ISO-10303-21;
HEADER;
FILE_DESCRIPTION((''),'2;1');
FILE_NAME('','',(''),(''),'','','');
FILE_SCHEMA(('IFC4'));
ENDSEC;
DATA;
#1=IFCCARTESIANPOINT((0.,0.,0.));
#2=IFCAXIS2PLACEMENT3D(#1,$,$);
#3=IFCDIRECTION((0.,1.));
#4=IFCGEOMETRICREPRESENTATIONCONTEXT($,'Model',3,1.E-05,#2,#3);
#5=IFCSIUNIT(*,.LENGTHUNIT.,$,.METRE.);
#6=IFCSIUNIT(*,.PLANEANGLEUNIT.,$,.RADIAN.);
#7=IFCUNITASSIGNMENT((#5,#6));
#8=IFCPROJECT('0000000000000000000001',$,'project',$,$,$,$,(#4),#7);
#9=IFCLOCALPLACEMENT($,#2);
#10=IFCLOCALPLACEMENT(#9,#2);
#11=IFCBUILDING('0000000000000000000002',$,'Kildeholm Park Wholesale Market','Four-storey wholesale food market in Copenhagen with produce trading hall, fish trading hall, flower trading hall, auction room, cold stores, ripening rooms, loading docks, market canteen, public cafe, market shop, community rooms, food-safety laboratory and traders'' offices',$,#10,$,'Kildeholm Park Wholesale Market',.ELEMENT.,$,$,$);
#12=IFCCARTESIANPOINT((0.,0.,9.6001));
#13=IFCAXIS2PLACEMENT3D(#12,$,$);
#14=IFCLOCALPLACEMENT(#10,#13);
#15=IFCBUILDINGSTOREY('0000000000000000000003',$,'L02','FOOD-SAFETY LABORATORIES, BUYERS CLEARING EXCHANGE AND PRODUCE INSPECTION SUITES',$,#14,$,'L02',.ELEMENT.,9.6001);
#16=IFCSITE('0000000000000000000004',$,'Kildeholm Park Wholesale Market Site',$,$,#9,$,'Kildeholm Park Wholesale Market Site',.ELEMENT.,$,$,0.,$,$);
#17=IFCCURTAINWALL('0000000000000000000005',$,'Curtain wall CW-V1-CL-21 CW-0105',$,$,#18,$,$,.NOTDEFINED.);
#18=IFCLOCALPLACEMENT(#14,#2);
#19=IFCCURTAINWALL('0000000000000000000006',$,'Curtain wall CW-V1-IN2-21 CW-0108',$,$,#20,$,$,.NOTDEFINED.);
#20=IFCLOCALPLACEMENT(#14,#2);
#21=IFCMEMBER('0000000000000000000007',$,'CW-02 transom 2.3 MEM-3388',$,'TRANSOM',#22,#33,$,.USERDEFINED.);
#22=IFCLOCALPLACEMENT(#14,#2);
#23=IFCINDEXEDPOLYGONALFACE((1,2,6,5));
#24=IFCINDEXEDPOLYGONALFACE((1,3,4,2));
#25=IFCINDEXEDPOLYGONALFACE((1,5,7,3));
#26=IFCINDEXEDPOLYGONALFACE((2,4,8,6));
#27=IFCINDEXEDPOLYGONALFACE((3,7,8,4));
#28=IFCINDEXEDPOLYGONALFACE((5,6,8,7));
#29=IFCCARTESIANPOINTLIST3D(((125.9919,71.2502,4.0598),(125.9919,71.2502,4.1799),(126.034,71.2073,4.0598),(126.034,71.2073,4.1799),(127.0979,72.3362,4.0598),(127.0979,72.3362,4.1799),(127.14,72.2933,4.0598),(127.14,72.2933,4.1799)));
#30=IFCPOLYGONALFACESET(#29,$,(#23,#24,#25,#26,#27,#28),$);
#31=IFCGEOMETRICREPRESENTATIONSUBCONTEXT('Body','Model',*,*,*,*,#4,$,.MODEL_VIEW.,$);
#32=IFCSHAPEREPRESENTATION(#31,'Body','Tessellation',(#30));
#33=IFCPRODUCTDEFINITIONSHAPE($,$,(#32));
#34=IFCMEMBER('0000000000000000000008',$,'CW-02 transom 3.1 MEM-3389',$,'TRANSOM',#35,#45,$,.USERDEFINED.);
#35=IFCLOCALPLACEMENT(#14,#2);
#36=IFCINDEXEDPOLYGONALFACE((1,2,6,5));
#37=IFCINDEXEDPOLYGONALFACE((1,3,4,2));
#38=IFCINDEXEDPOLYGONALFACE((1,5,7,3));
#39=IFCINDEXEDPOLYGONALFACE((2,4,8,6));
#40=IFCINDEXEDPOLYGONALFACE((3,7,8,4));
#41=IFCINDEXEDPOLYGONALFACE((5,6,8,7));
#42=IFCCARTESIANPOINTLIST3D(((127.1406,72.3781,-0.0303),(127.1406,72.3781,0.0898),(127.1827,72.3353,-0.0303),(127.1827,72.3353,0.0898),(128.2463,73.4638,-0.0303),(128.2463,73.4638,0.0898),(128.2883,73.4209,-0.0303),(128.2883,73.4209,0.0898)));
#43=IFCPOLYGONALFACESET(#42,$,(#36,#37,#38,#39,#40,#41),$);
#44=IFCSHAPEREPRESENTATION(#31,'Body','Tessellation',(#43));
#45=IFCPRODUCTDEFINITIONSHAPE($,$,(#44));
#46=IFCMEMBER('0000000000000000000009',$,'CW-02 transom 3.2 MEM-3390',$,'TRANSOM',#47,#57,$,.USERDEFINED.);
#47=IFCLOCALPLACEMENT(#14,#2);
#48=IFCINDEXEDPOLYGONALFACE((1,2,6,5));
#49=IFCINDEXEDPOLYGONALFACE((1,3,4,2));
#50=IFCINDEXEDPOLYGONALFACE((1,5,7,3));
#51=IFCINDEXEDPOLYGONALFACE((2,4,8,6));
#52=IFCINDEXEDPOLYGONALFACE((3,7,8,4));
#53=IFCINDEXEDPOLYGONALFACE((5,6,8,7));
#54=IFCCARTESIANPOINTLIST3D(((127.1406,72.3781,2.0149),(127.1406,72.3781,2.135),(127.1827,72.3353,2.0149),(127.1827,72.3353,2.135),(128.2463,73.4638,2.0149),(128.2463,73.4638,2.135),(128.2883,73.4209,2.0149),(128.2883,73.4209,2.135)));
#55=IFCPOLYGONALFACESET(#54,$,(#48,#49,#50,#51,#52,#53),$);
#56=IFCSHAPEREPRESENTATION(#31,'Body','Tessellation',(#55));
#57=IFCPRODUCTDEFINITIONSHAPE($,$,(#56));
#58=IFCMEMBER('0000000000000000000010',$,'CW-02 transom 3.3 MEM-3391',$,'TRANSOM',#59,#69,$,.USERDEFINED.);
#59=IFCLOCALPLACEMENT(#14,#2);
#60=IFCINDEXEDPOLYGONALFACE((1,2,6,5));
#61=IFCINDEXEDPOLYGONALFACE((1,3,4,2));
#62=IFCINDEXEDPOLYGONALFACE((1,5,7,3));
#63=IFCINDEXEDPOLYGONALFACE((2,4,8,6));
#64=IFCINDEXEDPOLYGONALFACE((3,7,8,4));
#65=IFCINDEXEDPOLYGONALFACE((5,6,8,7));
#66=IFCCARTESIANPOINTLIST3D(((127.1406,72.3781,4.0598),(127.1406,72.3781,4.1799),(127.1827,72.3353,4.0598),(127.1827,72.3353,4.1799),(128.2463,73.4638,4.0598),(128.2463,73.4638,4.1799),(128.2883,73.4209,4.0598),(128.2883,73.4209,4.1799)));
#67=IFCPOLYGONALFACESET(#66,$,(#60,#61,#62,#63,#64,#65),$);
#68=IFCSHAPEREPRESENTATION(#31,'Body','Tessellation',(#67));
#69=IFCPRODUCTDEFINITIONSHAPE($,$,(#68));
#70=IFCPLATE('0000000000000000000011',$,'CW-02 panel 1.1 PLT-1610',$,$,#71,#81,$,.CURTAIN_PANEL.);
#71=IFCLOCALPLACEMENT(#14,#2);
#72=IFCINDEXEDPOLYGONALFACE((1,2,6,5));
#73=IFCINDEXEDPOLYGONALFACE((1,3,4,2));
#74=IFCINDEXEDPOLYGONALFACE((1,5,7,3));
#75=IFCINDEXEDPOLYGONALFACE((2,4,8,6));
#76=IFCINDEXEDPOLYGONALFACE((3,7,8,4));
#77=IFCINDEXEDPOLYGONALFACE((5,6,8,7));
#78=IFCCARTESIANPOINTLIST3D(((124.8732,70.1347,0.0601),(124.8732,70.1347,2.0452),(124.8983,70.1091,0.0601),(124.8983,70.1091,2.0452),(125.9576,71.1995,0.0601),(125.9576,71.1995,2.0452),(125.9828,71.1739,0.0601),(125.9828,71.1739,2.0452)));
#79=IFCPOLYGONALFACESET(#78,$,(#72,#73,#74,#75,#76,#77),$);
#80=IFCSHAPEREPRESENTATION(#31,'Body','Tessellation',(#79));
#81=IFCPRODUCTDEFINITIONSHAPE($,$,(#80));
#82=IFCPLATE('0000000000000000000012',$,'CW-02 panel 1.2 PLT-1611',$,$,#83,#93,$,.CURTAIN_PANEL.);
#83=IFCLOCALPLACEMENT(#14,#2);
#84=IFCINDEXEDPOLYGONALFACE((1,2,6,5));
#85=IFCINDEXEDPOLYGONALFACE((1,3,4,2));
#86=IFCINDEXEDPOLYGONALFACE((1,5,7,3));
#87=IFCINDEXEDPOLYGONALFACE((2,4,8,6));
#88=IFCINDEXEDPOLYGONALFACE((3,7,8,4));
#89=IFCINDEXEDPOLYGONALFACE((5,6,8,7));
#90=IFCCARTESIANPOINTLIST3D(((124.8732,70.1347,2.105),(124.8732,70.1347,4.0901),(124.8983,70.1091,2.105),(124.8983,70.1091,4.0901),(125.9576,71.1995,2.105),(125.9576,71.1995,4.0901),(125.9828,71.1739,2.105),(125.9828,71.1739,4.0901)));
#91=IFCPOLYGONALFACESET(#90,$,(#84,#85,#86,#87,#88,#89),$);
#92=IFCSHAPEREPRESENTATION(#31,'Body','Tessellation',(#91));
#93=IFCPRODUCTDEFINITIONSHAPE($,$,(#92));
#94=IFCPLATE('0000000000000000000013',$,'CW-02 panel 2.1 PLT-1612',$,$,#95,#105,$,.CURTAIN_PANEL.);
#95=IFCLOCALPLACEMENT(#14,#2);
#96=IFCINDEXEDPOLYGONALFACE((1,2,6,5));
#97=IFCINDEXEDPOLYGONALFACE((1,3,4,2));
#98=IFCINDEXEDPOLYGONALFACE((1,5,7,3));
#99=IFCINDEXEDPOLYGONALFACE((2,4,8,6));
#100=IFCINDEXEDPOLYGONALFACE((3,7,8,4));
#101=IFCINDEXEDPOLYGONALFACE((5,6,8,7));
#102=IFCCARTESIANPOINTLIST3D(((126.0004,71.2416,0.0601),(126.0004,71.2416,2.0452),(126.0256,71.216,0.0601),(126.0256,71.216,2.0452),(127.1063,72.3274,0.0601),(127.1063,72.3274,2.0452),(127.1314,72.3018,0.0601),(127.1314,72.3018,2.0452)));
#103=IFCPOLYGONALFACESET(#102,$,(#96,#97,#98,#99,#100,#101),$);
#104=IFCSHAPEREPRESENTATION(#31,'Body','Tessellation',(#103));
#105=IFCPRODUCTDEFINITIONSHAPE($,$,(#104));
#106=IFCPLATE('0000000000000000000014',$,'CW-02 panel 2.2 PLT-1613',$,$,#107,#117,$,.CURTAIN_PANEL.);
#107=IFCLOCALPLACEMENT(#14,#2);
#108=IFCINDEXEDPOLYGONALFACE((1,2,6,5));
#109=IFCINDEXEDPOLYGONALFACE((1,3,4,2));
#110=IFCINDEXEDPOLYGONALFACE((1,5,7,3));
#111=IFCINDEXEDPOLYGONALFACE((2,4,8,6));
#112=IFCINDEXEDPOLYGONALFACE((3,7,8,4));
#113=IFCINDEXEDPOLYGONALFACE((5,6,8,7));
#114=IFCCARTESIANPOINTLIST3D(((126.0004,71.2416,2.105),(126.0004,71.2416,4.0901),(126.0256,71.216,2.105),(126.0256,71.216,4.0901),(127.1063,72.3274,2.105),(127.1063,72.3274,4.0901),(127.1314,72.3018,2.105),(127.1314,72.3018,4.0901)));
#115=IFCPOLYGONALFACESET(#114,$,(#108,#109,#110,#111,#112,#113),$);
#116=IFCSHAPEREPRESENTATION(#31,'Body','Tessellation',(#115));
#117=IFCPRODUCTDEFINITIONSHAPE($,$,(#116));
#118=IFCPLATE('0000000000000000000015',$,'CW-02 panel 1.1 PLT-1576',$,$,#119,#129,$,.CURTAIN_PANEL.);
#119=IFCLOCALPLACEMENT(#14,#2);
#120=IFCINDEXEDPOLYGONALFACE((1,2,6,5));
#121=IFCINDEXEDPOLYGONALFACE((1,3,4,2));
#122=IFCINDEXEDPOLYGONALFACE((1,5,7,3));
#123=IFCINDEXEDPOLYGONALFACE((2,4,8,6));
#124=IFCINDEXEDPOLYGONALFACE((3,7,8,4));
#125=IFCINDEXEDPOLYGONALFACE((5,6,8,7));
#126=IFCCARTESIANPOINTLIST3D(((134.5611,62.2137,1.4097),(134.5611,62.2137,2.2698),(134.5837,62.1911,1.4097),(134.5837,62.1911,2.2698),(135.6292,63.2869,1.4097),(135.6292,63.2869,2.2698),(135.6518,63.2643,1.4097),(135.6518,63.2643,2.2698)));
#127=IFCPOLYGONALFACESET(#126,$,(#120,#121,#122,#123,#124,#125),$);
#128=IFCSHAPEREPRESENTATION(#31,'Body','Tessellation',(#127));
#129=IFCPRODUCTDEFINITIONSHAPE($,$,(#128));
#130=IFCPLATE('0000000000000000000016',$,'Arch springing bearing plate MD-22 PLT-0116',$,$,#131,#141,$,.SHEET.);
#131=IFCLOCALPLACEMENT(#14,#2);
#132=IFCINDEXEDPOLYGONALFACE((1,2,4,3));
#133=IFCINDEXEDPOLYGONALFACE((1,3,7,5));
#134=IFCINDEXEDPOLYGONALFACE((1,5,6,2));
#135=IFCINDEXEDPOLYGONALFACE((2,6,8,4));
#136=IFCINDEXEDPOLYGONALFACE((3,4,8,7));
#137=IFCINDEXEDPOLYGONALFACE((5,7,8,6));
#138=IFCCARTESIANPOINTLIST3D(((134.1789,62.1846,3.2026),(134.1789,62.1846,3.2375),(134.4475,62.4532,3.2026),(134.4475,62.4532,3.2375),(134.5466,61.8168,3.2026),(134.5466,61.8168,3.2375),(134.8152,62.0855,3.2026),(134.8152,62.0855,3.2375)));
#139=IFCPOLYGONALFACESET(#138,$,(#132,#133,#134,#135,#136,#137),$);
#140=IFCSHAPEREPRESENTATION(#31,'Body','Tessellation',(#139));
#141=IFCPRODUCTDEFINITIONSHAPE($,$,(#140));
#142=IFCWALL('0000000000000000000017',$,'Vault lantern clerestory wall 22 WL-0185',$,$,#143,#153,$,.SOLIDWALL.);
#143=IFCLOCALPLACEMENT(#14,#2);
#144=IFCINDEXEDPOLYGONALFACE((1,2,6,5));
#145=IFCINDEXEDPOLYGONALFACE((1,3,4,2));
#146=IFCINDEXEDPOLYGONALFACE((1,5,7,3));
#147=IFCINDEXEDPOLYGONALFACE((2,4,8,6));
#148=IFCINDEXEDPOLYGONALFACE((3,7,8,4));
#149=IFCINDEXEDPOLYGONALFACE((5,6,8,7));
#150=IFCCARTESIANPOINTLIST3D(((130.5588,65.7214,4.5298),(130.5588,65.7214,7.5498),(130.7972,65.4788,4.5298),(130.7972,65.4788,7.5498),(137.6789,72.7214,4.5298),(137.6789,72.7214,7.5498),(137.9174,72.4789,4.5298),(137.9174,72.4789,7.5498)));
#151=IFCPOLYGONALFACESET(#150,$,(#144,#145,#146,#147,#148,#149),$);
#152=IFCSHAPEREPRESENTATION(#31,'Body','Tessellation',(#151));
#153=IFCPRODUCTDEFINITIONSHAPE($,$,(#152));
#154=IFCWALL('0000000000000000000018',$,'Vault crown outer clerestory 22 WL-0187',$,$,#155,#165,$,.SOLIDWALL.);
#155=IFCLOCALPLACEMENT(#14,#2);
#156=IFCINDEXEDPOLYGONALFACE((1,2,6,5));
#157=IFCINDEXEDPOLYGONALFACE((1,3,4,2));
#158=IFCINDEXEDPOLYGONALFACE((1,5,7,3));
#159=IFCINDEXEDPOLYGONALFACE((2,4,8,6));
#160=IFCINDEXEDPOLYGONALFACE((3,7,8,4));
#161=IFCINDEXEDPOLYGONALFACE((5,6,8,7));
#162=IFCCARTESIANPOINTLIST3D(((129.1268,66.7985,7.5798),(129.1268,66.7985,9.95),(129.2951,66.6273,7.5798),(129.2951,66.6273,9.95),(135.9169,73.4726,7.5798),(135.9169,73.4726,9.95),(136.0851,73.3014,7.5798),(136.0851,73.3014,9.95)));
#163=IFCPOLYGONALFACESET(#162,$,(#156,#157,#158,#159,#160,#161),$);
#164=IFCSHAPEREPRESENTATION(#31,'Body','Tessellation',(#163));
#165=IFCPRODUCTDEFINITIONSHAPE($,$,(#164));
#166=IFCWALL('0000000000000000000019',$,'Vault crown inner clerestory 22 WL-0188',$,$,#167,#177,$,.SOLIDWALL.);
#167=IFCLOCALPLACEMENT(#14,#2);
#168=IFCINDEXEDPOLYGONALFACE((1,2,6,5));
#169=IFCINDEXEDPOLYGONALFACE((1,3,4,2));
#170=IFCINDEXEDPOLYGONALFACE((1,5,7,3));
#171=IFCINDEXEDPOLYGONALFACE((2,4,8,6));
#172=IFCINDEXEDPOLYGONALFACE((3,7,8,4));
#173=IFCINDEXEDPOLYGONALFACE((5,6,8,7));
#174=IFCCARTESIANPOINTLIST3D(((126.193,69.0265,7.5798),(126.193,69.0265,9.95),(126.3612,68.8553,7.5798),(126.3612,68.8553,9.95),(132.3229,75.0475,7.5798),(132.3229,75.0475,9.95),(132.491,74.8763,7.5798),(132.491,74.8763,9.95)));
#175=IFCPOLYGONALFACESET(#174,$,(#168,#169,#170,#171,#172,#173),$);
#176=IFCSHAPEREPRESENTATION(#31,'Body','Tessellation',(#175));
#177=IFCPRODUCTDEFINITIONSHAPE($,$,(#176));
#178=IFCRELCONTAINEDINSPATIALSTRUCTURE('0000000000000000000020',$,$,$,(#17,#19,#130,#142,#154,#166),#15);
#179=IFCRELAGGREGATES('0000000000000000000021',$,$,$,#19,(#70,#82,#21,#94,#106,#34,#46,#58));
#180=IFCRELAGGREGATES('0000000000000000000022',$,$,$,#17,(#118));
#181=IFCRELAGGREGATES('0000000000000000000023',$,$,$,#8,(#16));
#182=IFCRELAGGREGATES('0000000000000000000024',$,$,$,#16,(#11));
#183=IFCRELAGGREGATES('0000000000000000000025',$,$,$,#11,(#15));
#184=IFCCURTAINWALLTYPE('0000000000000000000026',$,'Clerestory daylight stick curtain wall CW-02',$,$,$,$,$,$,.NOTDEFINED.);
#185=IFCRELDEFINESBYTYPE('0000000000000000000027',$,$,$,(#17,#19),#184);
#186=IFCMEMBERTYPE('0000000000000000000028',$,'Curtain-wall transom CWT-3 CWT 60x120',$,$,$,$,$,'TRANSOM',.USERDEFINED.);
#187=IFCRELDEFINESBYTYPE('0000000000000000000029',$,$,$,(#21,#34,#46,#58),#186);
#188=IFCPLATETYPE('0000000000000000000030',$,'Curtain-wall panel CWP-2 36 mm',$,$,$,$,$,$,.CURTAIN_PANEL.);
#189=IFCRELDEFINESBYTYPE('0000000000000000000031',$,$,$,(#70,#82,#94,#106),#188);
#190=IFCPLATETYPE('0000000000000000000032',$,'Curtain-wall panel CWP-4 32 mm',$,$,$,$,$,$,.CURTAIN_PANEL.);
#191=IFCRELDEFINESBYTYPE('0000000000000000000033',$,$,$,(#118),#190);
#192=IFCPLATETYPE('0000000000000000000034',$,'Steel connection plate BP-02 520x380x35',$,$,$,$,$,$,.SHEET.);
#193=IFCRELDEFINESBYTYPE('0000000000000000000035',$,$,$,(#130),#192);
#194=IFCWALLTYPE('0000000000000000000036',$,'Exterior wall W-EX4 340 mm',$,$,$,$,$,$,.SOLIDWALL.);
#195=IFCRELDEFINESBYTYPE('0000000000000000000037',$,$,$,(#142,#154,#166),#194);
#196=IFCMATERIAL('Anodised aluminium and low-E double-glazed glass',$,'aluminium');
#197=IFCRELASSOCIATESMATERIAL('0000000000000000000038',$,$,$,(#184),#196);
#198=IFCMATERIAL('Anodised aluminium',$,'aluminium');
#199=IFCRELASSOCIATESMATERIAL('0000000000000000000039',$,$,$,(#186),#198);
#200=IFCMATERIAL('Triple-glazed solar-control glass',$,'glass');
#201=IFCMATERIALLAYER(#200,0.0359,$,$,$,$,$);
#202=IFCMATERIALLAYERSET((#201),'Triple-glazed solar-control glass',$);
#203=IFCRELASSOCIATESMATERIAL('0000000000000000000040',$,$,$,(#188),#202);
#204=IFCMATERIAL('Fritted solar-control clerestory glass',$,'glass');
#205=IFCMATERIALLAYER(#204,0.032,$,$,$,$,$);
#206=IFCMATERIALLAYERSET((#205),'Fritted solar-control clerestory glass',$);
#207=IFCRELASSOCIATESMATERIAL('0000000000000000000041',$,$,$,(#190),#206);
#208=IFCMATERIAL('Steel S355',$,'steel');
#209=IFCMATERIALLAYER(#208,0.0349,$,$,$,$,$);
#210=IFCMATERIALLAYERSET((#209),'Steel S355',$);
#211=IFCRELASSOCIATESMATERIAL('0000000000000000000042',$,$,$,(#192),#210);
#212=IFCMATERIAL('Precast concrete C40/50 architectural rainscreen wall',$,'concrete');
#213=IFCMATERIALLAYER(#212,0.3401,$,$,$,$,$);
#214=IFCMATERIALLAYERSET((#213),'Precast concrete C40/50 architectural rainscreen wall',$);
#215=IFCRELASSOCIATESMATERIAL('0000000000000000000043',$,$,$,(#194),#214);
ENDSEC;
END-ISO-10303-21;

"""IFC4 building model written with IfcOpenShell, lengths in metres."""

from ifc_helpers import new_model, si_unit, direction, frame, frame_2d, origin, origin_2d, place, context, subcontext, project, spatial, rectangle, extrude, material, layer, layer_set, material_profile, profile_set, type_object, element, aggregate, save


model = new_model("IFC4")

# Units and contexts
model_context = context("Model", 3, precision=1e-05, world=origin(), true_north=direction((0.0, 1.0)))
body_context = subcontext(model_context, "Body", "Model", "MODEL_VIEW")
ifc_project = project(units=[si_unit("LENGTHUNIT", "METRE"), si_unit("PLANEANGLEUNIT", "RADIAN")], contexts=[model_context])

# Site, building, storey
site_placement = place(None, origin())
site = spatial("IfcSite", under=ifc_project, at=site_placement, Name="Kildeholm Park Wholesale Market Site", LongName="Kildeholm Park Wholesale Market Site", CompositionType="ELEMENT", RefElevation=0.0)
building_placement = place(site_placement, origin())
building = spatial("IfcBuilding", under=site, at=building_placement, Name="Kildeholm Park Wholesale Market", Description="Four-storey wholesale food market in Copenhagen with produce trading hall, fish trading hall, flower trading hall, auction room, cold stores, ripening rooms, loading docks, market canteen, public cafe, market shop, community rooms, food-safety laboratory and traders' offices", LongName="Kildeholm Park Wholesale Market", CompositionType="ELEMENT")
storey_placement = place(building_placement, frame((0.0, 0.0, 9.6001)))
storey = spatial("IfcBuildingStorey", under=building, at=storey_placement, Name="L02", Description="FOOD-SAFETY LABORATORIES, BUYERS CLEARING EXCHANGE AND PRODUCE INSPECTION SUITES", LongName="L02", CompositionType="ELEMENT", Elevation=9.6001)

# Shared definitions
ifc_material_1 = material(Name="Steel S355", Category="steel")

# Curtain wall
ifc_material_2 = material(Name="Anodised aluminium and low-E double-glazed glass", Category="aluminium")
curtain_wall_type = type_object("IfcCurtainWallType", Name="Clerestory daylight stick curtain wall CW-02", PredefinedType="NOTDEFINED", material=ifc_material_2)
ifc_material_3 = material(Name="Anodised aluminium", Category="aluminium")
curtain_wall_1_placement = place(storey_placement, origin())
curtain_wall_1 = element("IfcCurtainWall", 1, at=curtain_wall_1_placement, inside=storey, type_object=curtain_wall_type, Name="Curtain wall CW-V1-CL-21 CW-0105", PredefinedType="NOTDEFINED")

# Curtain wall
curtain_wall_2_placement = place(storey_placement, origin())
curtain_wall_2 = element("IfcCurtainWall", 2, at=curtain_wall_2_placement, inside=storey, type_object=curtain_wall_type, Name="Curtain wall CW-V1-IN2-21 CW-0108", PredefinedType="NOTDEFINED")

# Members
ifc_material_profile_1 = material_profile(ifc_material_3, rectangle(XDim=0.0601, YDim=0.1201, at=origin_2d()), Name="CWT 60x120")
ifc_profile_set_1 = profile_set([ifc_material_profile_1], Name="Anodised aluminium")
member_type_1 = type_object("IfcMemberType", Name="Curtain-wall transom CWT-3 CWT 60x120", ElementType="TRANSOM", PredefinedType="USERDEFINED", material=ifc_profile_set_1)
member_1_placement = place(storey_placement, frame((126.0129, 71.2288, 4.1199), z_axis=(0.713535, 0.700619, 0.0), x_axis=(-0.700619, 0.713535, 0.0)))
member_1 = element("IfcMember", 3, at=member_1_placement, type_object=member_type_1, Name="CW-02 transom 2.3 MEM-3388", ObjectType="TRANSOM", PredefinedType="USERDEFINED", context=body_context, shape_type="SweptSolid", body=[
    extrude(rectangle(XDim=0.0601, YDim=0.1201, at=origin_2d()), origin(), (0.0, 0.0, 1.0), 1.55),
])
member_2_placement = place(storey_placement, frame((127.1616, 72.3567, 0.0298), z_axis=(0.713537, 0.700618, 0.0), x_axis=(-0.700618, 0.713537, 0.0)))
member_2 = element("IfcMember", 4, at=member_2_placement, type_object=member_type_1, Name="CW-02 transom 3.1 MEM-3389", ObjectType="TRANSOM", PredefinedType="USERDEFINED", context=body_context, shape_type="SweptSolid", body=[
    extrude(rectangle(XDim=0.0601, YDim=0.1201, at=origin_2d()), origin(), (0.0, 0.0, 1.0), 1.5496),
])
member_3_placement = place(storey_placement, frame((127.1616, 72.3567, 2.075), z_axis=(0.713537, 0.700618, 0.0), x_axis=(-0.700618, 0.713537, 0.0)))
member_3 = element("IfcMember", 5, at=member_3_placement, type_object=member_type_1, Name="CW-02 transom 3.2 MEM-3390", ObjectType="TRANSOM", PredefinedType="USERDEFINED", context=body_context, shape_type="SweptSolid", body=[
    extrude(rectangle(XDim=0.0601, YDim=0.1201, at=origin_2d()), origin(), (0.0, 0.0, 1.0), 1.5496),
])
member_4_placement = place(storey_placement, frame((127.1616, 72.3567, 4.1199), z_axis=(0.713537, 0.700618, 0.0), x_axis=(-0.700618, 0.713537, 0.0)))
member_4 = element("IfcMember", 6, at=member_4_placement, type_object=member_type_1, Name="CW-02 transom 3.3 MEM-3391", ObjectType="TRANSOM", PredefinedType="USERDEFINED", context=body_context, shape_type="SweptSolid", body=[
    extrude(rectangle(XDim=0.0601, YDim=0.1201, at=origin_2d()), origin(), (0.0, 0.0, 1.0), 1.5496),
])

# Plates
ifc_material_4 = material(Name="Triple-glazed solar-control glass", Category="glass")
ifc_layer_1 = layer(ifc_material_4, 0.0359)
ifc_layer_set_1 = layer_set([ifc_layer_1], Name="Triple-glazed solar-control glass")
plate_type_1 = type_object("IfcPlateType", Name="Curtain-wall panel CWP-2 36 mm", PredefinedType="CURTAIN_PANEL", material=ifc_layer_set_1)
plate_1_placement = place(storey_placement, frame((125.428, 70.6543, 0.0601), z_axis=(0.0, 0.0, 1.0), x_axis=(0.713538, 0.700617, 0.0)))
plate_1 = element("IfcPlate", 7, at=plate_1_placement, type_object=plate_type_1, Name="CW-02 panel 1.1 PLT-1610", PredefinedType="CURTAIN_PANEL", context=body_context, shape_type="SweptSolid", body=[
    extrude(rectangle(XDim=1.5198, YDim=0.0359, at=origin_2d()), origin(), (0.0, 0.0, 1.0), 1.9851),
])
plate_2_placement = place(storey_placement, frame((125.428, 70.6543, 2.105), z_axis=(0.0, 0.0, 1.0), x_axis=(0.713538, 0.700617, 0.0)))
plate_2 = element("IfcPlate", 8, at=plate_2_placement, type_object=plate_type_1, Name="CW-02 panel 1.2 PLT-1611", PredefinedType="CURTAIN_PANEL", context=body_context, shape_type="SweptSolid", body=[
    extrude(rectangle(XDim=1.5198, YDim=0.0359, at=origin_2d()), origin(), (0.0, 0.0, 1.0), 1.9851),
])
plate_3_placement = place(storey_placement, frame((126.5659, 71.7717, 0.0601), z_axis=(0.0, 0.0, 1.0), x_axis=(0.713538, 0.700617, 0.0)))
plate_3 = element("IfcPlate", 9, at=plate_3_placement, type_object=plate_type_1, Name="CW-02 panel 2.1 PLT-1612", PredefinedType="CURTAIN_PANEL", context=body_context, shape_type="SweptSolid", body=[
    extrude(rectangle(XDim=1.5498, YDim=0.0359, at=origin_2d()), origin(), (0.0, 0.0, 1.0), 1.9851),
])
plate_4_placement = place(storey_placement, frame((126.5659, 71.7717, 2.105), z_axis=(0.0, 0.0, 1.0), x_axis=(0.713538, 0.700617, 0.0)))
plate_4 = element("IfcPlate", 10, at=plate_4_placement, type_object=plate_type_1, Name="CW-02 panel 2.2 PLT-1613", PredefinedType="CURTAIN_PANEL", context=body_context, shape_type="SweptSolid", body=[
    extrude(rectangle(XDim=1.5498, YDim=0.0359, at=origin_2d()), origin(), (0.0, 0.0, 1.0), 1.9851),
])
aggregate(curtain_wall_2, [plate_1, plate_2, member_1, plate_3, plate_4, member_2, member_3, member_4])
ifc_material_5 = material(Name="Fritted solar-control clerestory glass", Category="glass")
ifc_layer_2 = layer(ifc_material_5, 0.032)
ifc_layer_set_2 = layer_set([ifc_layer_2], Name="Fritted solar-control clerestory glass")
plate_type_2 = type_object("IfcPlateType", Name="Curtain-wall panel CWP-4 32 mm", PredefinedType="CURTAIN_PANEL", material=ifc_layer_set_2)
plate_5_placement = place(storey_placement, frame((135.1064, 62.739, 1.4097), z_axis=(0.0, 0.0, 1.0), x_axis=(0.705413, 0.708797, 0.0)))
plate_5 = element("IfcPlate", 11, at=plate_5_placement, type_object=plate_type_2, Name="CW-02 panel 1.1 PLT-1576", PredefinedType="CURTAIN_PANEL", context=body_context, shape_type="SweptSolid", body=[
    extrude(rectangle(XDim=1.5142, YDim=0.032, at=origin_2d()), origin(), (0.0, 0.0, 1.0), 0.8601),
])
aggregate(curtain_wall_1, [plate_5])
ifc_layer_3 = layer(ifc_material_1, 0.0349)
ifc_layer_set_3 = layer_set([ifc_layer_3], Name="Steel S355")
plate_type_3 = type_object("IfcPlateType", Name="Steel connection plate BP-02 520x380x35", PredefinedType="SHEET", material=ifc_layer_set_3)
plate_6_placement = place(storey_placement, frame((134.4971, 62.135, 3.2026), z_axis=(0.0, 0.0, 1.0), x_axis=(0.707107, -0.707107, 0.0)))
element("IfcPlate", 12, at=plate_6_placement, inside=storey, type_object=plate_type_3, Name="Arch springing bearing plate MD-22 PLT-0116", PredefinedType="SHEET", context=body_context, shape_type="SweptSolid", body=[
    extrude(rectangle(XDim=0.52, YDim=0.3799, at=origin_2d()), origin(), (0.0, 0.0, 1.0), 0.0349),
])

# Walls
ifc_material_6 = material(Name="Precast concrete C40/50 architectural rainscreen wall", Category="concrete")
ifc_layer_4 = layer(ifc_material_6, 0.3401)
ifc_layer_set_4 = layer_set([ifc_layer_4], Name="Precast concrete C40/50 architectural rainscreen wall")
wall_type_1 = type_object("IfcWallType", Name="Exterior wall W-EX4 340 mm", PredefinedType="SOLIDWALL", material=ifc_layer_set_4)
wall_1_placement = place(storey_placement, frame((130.678, 65.6001, 4.5298), z_axis=(0.0, 0.0, 1.0), x_axis=(0.713096, 0.701066, 0.0)))
element("IfcWall", 13, at=wall_1_placement, inside=storey, type_object=wall_type_1, Name="Vault lantern clerestory wall 22 WL-0185", PredefinedType="SOLIDWALL", context=body_context, shape_type="SweptSolid", body=[
    extrude(rectangle(XDim=9.9849, YDim=0.3401, at=frame_2d((4.9924, 0.0))), origin(), (0.0, 0.0, 1.0), 3.02),
])
wall_2_placement = place(storey_placement, frame((129.2109, 66.7129, 7.5798), z_axis=(0.0, 0.0, 1.0), x_axis=(0.713171, 0.70099, 0.0)))
element("IfcWall", 14, at=wall_2_placement, inside=storey, type_object=wall_type_1, Name="Vault crown outer clerestory 22 WL-0187", PredefinedType="SOLIDWALL", context=body_context, shape_type="SweptSolid", body=[
    extrude(rectangle(XDim=9.521, YDim=0.24, at=frame_2d((4.7605, 0.0))), origin(), (0.0, 0.0, 1.0), 2.3701),
])
wall_3_placement = place(storey_placement, frame((126.2771, 68.9409, 7.5798), z_axis=(0.0, 0.0, 1.0), x_axis=(0.713415, 0.700742, 0.0)))
element("IfcWall", 15, at=wall_3_placement, inside=storey, type_object=wall_type_1, Name="Vault crown inner clerestory 22 WL-0188", PredefinedType="SOLIDWALL", context=body_context, shape_type="SweptSolid", body=[
    extrude(rectangle(XDim=8.5923, YDim=0.24, at=frame_2d((4.2961, 0.0))), origin(), (0.0, 0.0, 1.0), 2.3701),
])

save(model, "model.ifc")
